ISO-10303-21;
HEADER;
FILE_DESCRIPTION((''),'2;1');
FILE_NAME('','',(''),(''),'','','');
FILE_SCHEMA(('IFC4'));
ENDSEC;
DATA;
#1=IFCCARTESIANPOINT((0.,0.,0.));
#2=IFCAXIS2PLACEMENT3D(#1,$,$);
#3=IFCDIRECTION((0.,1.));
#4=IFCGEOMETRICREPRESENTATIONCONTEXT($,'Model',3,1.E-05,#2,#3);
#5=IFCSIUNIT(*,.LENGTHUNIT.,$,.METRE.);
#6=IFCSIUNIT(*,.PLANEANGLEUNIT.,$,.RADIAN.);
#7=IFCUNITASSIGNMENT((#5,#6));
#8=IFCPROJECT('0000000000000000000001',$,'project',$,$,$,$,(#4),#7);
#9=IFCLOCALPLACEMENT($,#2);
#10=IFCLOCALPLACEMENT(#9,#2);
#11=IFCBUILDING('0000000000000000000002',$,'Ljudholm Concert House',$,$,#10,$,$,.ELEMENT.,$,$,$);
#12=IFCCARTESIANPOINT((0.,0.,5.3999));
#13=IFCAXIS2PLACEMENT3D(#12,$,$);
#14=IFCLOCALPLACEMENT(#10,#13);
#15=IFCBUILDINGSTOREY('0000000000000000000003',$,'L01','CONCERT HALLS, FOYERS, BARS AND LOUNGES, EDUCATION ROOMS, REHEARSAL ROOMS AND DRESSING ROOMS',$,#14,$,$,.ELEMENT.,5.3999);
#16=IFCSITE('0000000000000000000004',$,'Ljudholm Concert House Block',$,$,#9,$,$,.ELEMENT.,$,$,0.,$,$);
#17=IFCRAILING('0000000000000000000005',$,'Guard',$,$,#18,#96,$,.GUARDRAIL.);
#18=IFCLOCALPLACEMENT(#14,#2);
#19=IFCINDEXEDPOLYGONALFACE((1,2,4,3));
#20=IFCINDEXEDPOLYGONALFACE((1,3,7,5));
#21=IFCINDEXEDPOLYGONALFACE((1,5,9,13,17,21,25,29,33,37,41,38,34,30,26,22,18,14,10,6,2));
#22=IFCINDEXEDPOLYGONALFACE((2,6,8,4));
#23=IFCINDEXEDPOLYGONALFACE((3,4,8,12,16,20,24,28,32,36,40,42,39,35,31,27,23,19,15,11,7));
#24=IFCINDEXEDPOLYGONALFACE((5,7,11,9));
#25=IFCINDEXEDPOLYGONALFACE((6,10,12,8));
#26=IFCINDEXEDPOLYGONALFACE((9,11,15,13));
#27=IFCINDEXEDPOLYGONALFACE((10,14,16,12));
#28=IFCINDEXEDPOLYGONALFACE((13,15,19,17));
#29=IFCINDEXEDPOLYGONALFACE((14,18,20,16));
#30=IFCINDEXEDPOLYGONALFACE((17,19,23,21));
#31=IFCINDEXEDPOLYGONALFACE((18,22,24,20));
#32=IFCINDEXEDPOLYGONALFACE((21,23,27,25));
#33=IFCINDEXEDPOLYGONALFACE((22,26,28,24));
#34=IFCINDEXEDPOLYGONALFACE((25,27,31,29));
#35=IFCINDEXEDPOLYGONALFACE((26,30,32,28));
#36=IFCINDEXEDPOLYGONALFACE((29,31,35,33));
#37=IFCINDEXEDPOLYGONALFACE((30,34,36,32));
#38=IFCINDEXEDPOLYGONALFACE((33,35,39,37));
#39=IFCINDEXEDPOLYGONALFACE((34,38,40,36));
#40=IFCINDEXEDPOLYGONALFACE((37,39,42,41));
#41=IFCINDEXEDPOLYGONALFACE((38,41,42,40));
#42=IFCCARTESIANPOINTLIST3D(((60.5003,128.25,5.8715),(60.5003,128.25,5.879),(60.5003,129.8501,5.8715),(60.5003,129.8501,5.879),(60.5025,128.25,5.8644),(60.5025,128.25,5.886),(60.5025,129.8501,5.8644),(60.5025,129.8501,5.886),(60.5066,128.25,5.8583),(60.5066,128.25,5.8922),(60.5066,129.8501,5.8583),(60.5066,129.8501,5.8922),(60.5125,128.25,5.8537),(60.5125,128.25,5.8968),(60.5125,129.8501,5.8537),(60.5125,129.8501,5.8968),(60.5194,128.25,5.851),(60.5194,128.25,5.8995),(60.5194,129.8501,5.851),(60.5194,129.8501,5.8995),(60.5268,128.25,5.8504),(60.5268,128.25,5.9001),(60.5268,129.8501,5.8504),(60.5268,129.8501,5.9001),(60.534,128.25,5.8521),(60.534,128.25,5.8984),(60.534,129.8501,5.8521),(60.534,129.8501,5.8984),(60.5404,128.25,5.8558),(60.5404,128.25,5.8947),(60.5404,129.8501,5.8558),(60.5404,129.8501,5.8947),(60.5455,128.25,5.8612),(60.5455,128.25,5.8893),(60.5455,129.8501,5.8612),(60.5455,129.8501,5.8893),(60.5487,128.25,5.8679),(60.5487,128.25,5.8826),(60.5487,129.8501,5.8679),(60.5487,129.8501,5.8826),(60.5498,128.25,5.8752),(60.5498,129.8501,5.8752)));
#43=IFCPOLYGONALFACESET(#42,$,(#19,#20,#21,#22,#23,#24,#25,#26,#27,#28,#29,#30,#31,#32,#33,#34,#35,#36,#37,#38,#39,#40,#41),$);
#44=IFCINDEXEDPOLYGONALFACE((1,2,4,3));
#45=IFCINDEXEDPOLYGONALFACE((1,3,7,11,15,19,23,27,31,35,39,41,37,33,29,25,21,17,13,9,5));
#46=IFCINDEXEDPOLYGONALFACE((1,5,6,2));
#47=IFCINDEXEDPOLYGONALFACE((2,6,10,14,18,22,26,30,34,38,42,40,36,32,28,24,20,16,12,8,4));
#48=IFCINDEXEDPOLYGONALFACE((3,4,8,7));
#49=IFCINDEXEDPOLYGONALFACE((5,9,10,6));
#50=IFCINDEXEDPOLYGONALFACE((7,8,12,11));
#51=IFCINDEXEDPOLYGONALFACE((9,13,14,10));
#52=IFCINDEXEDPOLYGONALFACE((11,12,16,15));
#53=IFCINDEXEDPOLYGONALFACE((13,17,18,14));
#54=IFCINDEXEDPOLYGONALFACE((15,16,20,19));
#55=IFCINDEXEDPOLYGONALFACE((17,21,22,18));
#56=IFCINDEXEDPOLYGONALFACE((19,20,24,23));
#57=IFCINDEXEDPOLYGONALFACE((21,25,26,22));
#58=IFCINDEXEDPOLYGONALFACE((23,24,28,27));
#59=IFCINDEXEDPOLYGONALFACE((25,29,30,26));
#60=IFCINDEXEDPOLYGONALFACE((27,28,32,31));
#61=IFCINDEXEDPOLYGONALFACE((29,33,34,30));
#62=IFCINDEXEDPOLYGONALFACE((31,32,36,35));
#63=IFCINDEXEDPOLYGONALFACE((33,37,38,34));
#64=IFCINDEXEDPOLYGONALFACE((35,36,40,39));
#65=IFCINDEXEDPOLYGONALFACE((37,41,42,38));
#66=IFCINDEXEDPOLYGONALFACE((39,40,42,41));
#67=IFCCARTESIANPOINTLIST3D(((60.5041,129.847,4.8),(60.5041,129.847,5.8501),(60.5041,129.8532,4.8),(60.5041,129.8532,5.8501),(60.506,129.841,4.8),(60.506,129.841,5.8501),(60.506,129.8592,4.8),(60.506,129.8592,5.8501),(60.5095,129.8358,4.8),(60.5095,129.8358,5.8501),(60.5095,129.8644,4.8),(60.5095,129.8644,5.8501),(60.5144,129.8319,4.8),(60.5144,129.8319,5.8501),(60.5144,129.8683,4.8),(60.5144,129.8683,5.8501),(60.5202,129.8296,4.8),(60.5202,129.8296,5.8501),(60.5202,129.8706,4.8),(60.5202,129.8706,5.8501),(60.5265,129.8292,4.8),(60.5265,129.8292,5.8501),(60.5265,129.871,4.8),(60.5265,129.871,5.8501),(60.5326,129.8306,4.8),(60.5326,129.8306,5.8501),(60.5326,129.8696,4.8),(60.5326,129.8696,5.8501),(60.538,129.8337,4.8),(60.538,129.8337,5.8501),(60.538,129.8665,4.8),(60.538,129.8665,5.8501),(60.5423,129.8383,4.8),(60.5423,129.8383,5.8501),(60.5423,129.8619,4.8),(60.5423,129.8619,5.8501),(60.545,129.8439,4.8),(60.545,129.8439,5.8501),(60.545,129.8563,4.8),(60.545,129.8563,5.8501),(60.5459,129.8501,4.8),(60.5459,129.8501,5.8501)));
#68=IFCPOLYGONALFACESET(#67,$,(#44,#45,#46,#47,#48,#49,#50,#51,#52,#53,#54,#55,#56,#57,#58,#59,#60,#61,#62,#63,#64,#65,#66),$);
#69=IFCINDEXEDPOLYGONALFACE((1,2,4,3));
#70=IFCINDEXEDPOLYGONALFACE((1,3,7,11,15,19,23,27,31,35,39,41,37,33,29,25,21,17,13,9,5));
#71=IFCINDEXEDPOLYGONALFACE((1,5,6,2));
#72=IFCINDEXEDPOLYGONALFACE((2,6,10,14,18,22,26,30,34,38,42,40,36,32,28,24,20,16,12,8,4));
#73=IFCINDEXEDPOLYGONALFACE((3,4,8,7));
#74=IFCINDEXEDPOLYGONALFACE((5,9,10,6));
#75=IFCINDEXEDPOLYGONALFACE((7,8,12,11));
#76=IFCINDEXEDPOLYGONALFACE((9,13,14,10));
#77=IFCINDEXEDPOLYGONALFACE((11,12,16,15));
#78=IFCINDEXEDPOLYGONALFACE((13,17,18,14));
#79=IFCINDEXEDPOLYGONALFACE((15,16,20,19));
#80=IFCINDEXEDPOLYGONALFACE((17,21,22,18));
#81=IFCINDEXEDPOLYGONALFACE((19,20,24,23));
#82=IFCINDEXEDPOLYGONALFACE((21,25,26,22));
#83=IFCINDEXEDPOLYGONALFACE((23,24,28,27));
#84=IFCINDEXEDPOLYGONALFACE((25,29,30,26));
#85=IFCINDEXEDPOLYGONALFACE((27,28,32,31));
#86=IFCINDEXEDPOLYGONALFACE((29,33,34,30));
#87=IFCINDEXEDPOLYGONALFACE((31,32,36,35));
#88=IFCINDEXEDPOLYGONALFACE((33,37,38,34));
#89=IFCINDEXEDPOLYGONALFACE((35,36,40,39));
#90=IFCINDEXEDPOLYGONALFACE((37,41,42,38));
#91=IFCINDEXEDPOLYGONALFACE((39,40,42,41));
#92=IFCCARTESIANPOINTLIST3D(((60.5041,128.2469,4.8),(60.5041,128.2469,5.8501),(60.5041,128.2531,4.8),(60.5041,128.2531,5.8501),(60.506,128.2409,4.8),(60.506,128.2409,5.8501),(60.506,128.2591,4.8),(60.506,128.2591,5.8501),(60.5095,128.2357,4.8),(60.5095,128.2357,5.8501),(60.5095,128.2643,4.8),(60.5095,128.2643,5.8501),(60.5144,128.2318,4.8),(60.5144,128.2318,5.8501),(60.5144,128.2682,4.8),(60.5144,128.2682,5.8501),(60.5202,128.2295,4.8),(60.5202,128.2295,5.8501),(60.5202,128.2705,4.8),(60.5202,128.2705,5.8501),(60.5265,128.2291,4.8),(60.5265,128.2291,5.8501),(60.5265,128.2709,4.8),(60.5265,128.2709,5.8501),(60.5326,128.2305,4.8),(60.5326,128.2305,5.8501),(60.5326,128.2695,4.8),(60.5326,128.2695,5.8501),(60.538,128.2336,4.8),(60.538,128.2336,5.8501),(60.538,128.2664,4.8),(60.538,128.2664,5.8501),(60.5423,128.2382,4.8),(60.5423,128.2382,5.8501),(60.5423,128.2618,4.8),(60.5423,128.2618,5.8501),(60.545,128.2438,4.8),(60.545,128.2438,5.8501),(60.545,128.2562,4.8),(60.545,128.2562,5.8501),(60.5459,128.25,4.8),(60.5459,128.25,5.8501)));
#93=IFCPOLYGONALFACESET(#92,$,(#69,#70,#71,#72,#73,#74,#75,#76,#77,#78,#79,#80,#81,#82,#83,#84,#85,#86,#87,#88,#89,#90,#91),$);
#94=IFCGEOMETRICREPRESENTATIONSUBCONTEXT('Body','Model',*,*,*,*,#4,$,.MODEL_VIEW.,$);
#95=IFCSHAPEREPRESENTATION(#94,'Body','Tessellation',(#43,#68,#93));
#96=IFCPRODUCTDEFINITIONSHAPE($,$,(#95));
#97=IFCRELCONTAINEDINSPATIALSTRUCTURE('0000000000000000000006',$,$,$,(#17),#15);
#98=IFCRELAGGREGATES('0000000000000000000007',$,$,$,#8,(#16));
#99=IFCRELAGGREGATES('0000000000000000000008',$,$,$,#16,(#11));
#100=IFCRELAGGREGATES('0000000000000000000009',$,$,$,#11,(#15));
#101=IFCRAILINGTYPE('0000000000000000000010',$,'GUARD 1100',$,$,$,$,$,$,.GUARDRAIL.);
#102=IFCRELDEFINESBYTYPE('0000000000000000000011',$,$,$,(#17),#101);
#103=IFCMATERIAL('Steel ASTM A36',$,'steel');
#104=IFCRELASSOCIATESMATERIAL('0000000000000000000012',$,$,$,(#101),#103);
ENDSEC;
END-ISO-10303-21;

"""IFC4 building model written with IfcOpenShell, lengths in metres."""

from ifc_helpers import new_model, si_unit, direction, frame, origin, origin_2d, place, context, subcontext, project, spatial, circle, extrude, material, type_object, element, save


model = new_model("IFC4")

# Units and contexts
model_context = context("Model", 3, precision=1e-05, world=origin(), true_north=direction((0.0, 1.0)))
body_context = subcontext(model_context, "Body", "Model", "MODEL_VIEW")
ifc_project = project(units=[si_unit("LENGTHUNIT", "METRE"), si_unit("PLANEANGLEUNIT", "RADIAN")], contexts=[model_context])

# Site, building, storey
site_placement = place(None, origin())
site = spatial("IfcSite", under=ifc_project, at=site_placement, Name="Ljudholm Concert House Block", CompositionType="ELEMENT", RefElevation=0.0)
building_placement = place(site_placement, origin())
building = spatial("IfcBuilding", under=site, at=building_placement, Name="Ljudholm Concert House", CompositionType="ELEMENT")
storey_placement = place(building_placement, frame((0.0, 0.0, 5.3999)))
storey = spatial("IfcBuildingStorey", under=building, at=storey_placement, Name="L01", Description="CONCERT HALLS, FOYERS, BARS AND LOUNGES, EDUCATION ROOMS, REHEARSAL ROOMS AND DRESSING ROOMS", CompositionType="ELEMENT", Elevation=5.3999)

# Railing
ifc_material_1 = material(Name="Steel ASTM A36", Category="steel")
railing_type_1 = type_object("IfcRailingType", Name="GUARD 1100", PredefinedType="GUARDRAIL", material=ifc_material_1)
railing_1_placement = place(storey_placement, frame((60.5249, 129.8501, 4.8)))
element("IfcRailing", 1, at=railing_1_placement, inside=storey, type_object=railing_type_1, Name="Guard", PredefinedType="GUARDRAIL", context=body_context, shape_type="SweptSolid", body=[
    extrude(circle(Radius=0.0249, at=origin_2d()), frame((0.0, 0.0, 1.0752), z_axis=(0.0, -1.0, 0.0), x_axis=(1.0, 0.0, 0.0)), (0.0, 0.0, 1.0), 1.6001),
    extrude(circle(Radius=0.021, at=origin_2d()), origin(), (0.0, 0.0, 1.0), 1.05),
    extrude(circle(Radius=0.021, at=origin_2d()), frame((0.0, -1.6001, 0.0)), (0.0, 0.0, 1.0), 1.05),
])

save(model, "model.ifc")
